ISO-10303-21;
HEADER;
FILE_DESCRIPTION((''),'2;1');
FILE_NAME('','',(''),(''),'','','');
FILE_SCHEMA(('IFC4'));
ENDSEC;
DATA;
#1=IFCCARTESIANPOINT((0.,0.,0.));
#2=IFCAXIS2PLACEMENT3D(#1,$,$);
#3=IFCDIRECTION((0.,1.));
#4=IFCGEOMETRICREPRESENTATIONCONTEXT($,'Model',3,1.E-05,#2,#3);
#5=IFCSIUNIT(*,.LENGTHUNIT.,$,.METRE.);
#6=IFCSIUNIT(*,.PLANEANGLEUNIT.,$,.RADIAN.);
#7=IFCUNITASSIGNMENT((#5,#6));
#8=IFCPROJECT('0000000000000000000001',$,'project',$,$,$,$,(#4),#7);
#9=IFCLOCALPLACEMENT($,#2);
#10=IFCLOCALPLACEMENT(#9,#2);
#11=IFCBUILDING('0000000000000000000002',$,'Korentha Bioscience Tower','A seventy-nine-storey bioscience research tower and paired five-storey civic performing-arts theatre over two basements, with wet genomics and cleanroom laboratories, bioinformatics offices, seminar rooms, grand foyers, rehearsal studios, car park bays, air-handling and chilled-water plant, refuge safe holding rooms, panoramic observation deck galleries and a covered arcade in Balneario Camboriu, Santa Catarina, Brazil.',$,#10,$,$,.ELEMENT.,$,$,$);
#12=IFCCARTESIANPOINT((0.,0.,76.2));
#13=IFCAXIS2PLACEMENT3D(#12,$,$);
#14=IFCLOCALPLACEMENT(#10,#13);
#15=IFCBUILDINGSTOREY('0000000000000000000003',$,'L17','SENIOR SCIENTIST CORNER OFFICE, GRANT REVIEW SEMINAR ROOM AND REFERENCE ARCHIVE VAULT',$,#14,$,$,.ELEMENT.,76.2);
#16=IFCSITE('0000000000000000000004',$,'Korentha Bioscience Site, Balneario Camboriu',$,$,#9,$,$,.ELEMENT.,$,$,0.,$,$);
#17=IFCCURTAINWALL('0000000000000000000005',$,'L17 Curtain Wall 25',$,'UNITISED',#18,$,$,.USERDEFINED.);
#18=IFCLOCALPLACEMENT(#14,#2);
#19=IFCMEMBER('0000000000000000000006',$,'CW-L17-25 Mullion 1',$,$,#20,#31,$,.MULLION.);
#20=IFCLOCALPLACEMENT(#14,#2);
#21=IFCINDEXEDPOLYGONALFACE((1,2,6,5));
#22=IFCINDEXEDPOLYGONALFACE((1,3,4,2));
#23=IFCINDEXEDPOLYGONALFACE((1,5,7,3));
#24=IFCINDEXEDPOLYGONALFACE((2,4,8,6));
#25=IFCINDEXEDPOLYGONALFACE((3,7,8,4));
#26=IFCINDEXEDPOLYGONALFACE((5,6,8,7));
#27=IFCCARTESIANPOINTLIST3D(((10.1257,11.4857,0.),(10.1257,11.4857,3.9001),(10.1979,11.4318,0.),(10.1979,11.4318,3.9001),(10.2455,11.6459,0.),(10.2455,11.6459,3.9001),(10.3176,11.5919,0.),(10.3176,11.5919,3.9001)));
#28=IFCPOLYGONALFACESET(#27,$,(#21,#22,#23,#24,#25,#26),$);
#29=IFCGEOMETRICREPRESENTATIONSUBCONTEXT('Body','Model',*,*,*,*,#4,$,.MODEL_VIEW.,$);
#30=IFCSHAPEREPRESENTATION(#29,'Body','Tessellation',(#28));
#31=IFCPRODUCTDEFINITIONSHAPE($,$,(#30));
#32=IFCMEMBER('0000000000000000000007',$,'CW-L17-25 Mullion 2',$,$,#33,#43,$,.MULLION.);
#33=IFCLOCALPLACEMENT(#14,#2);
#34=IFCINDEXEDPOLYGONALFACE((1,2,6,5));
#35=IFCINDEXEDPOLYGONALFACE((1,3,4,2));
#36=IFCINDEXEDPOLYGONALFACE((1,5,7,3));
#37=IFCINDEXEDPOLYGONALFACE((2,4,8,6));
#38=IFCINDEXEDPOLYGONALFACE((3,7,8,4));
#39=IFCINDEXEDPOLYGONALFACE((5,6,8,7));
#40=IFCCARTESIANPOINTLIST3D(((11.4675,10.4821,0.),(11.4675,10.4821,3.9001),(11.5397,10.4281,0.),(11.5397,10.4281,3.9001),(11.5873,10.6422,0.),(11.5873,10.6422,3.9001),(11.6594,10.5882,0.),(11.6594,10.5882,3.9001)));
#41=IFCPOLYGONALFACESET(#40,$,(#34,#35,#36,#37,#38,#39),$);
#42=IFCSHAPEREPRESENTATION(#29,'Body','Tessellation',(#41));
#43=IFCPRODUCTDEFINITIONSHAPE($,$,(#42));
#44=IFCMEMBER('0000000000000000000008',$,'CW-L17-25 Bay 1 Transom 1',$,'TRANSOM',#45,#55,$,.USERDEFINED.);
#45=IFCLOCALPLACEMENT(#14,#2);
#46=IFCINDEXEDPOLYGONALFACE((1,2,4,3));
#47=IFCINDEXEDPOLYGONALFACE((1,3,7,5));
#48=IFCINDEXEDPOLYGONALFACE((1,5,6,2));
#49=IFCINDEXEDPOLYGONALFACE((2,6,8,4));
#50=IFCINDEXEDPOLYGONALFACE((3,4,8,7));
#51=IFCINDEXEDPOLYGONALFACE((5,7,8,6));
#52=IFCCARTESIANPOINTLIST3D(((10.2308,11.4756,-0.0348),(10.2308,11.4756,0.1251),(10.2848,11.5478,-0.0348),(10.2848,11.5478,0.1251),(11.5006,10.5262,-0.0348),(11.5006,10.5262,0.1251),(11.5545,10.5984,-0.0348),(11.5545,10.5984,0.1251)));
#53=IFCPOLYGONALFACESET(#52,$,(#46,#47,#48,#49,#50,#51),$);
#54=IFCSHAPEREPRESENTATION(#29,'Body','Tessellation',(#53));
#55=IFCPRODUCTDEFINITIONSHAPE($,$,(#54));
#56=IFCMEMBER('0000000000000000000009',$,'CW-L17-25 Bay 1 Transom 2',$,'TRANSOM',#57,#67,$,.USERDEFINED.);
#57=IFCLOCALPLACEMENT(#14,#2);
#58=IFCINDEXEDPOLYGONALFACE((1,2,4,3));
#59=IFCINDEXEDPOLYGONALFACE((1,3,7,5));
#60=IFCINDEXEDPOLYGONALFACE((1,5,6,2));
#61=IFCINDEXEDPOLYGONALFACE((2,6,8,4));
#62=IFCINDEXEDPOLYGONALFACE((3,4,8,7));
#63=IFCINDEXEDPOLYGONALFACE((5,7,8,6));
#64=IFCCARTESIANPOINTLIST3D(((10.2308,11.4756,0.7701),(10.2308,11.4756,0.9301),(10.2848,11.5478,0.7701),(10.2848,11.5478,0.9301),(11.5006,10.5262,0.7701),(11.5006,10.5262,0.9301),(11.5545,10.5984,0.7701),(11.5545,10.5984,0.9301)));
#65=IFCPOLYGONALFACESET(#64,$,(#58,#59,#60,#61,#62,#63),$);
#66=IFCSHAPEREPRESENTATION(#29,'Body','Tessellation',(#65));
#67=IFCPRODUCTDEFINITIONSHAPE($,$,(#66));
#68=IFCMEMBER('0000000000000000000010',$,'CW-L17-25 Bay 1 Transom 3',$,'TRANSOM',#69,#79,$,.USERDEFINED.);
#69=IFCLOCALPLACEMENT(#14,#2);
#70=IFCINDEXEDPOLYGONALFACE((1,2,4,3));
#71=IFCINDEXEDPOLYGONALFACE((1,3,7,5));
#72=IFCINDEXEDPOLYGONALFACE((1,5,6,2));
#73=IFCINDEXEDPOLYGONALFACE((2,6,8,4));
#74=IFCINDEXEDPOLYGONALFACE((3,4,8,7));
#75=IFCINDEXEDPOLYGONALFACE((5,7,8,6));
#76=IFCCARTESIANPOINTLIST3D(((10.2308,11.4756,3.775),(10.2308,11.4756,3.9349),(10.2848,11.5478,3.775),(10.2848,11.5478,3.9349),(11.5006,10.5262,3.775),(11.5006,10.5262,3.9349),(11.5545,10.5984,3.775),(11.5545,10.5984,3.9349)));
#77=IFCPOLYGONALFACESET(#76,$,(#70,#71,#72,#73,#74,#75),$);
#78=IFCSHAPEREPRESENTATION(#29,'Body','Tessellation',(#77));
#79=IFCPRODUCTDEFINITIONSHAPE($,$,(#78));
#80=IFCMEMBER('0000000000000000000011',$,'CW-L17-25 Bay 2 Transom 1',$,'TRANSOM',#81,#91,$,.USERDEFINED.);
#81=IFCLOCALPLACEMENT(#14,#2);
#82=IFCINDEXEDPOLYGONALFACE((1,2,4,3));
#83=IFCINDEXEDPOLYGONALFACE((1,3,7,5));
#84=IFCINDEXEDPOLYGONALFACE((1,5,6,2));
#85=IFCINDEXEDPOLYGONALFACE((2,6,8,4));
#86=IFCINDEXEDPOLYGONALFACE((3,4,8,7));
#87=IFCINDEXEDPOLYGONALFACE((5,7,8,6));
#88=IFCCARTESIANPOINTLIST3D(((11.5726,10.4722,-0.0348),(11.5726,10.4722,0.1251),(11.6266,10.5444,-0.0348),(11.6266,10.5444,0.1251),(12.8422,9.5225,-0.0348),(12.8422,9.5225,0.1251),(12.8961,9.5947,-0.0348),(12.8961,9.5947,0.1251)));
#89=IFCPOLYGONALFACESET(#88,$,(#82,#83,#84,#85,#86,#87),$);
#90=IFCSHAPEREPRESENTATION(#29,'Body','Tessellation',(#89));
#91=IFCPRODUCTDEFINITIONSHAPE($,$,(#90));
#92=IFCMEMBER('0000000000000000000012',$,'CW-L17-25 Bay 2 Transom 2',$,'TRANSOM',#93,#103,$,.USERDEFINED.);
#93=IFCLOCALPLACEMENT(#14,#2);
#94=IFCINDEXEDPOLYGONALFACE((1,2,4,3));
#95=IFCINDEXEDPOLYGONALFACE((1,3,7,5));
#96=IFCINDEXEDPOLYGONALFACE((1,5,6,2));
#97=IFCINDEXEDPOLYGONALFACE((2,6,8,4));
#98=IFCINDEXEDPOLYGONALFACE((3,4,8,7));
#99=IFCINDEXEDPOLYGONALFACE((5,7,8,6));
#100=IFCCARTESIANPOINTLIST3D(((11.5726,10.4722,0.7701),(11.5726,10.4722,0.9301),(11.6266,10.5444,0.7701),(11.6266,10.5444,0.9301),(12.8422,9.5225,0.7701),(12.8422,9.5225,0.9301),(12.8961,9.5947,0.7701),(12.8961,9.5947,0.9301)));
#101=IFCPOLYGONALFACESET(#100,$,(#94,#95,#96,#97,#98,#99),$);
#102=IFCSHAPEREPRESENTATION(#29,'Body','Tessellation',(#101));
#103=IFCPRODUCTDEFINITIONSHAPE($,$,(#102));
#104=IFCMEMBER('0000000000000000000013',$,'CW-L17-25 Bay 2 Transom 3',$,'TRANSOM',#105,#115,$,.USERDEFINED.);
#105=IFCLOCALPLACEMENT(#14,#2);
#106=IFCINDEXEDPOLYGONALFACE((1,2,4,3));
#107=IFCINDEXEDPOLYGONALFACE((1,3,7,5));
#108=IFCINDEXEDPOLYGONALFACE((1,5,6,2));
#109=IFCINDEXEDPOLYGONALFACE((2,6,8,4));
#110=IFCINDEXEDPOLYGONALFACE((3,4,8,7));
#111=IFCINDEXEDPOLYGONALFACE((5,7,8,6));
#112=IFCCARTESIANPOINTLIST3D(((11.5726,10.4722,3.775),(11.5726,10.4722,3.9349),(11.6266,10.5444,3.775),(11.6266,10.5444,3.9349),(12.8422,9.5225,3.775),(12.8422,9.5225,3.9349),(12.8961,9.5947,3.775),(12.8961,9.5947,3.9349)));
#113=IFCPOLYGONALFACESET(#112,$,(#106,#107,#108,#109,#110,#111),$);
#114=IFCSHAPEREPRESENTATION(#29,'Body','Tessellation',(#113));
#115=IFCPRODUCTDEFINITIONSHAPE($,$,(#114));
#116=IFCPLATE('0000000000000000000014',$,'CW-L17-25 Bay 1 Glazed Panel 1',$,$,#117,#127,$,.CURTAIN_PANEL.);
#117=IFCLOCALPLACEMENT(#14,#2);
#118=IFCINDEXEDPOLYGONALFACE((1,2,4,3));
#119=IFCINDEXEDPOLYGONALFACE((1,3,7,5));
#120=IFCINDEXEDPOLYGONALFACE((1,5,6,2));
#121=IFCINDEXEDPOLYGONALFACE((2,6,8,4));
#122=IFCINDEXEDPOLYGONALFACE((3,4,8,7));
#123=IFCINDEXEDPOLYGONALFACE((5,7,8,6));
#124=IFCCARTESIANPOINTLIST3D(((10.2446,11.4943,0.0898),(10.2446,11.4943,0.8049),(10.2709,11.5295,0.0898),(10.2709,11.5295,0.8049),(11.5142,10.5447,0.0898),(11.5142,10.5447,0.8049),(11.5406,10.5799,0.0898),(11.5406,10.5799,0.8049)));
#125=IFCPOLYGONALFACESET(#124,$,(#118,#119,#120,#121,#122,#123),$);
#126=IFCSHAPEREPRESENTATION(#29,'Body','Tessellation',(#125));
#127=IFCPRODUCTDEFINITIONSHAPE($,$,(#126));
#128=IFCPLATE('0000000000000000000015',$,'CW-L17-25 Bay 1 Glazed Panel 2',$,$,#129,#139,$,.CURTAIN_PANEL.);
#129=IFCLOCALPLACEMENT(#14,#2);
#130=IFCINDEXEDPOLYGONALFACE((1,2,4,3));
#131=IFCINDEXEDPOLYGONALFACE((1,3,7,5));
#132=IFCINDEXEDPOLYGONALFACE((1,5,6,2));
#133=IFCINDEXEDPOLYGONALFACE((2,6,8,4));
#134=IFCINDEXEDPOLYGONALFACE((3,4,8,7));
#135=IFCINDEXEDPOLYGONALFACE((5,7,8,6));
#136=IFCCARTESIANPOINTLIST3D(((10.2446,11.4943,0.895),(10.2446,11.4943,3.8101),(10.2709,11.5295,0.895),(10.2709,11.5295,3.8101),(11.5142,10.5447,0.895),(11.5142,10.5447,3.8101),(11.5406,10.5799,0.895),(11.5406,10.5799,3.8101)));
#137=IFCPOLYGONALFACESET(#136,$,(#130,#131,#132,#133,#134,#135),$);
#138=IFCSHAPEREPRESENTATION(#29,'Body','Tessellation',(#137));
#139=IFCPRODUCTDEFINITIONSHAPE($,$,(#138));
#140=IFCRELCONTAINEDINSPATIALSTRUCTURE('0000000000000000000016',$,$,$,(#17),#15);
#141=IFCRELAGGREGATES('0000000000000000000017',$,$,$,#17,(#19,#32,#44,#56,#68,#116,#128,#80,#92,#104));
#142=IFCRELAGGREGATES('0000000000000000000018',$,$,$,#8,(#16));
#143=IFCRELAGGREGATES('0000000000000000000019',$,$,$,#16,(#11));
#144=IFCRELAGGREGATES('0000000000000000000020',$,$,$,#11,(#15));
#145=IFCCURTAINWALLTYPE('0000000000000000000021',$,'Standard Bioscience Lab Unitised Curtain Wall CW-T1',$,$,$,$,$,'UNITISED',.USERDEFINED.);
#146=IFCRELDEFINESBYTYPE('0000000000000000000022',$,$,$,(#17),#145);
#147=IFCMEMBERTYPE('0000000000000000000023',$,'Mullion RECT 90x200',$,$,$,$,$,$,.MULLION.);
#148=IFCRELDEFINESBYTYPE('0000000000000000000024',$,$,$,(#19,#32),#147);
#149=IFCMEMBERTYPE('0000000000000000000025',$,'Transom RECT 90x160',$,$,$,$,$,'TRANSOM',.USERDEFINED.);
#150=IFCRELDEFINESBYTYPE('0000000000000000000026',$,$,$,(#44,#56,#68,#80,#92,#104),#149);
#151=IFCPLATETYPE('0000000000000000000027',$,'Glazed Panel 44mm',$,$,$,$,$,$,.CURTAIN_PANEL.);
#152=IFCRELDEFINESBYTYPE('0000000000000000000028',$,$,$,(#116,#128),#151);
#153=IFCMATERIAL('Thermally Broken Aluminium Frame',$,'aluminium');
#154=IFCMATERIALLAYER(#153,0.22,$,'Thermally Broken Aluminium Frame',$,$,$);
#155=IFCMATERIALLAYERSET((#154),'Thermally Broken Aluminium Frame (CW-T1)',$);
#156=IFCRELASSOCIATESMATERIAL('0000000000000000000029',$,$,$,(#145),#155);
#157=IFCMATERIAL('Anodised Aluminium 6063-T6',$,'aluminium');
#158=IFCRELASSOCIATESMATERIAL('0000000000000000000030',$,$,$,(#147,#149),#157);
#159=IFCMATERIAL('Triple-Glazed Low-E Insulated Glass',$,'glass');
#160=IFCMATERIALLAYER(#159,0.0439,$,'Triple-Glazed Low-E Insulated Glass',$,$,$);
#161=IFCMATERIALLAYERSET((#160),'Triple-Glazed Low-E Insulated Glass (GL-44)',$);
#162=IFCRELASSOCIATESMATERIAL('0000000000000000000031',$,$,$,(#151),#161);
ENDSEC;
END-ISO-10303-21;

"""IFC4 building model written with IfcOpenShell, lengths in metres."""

from ifc_helpers import new_model, si_unit, direction, frame, origin, origin_2d, place, context, subcontext, project, spatial, rectangle, extrude, material, layer, layer_set, material_profile, profile_set, type_object, element, aggregate, save


model = new_model("IFC4")

# Units and contexts
model_context = context("Model", 3, precision=1e-05, world=origin(), true_north=direction((0.0, 1.0)))
body_context = subcontext(model_context, "Body", "Model", "MODEL_VIEW")
ifc_project = project(units=[si_unit("LENGTHUNIT", "METRE"), si_unit("PLANEANGLEUNIT", "RADIAN")], contexts=[model_context])

# Site, building, storey
site_placement = place(None, origin())
site = spatial("IfcSite", under=ifc_project, at=site_placement, Name="Korentha Bioscience Site, Balneario Camboriu", CompositionType="ELEMENT", RefElevation=0.0)
building_placement = place(site_placement, origin())
building = spatial("IfcBuilding", under=site, at=building_placement, Name="Korentha Bioscience Tower", Description="A seventy-nine-storey bioscience research tower and paired five-storey civic performing-arts theatre over two basements, with wet genomics and cleanroom laboratories, bioinformatics offices, seminar rooms, grand foyers, rehearsal studios, car park bays, air-handling and chilled-water plant, refuge safe holding rooms, panoramic observation deck galleries and a covered arcade in Balneario Camboriu, Santa Catarina, Brazil.", CompositionType="ELEMENT")
storey_placement = place(building_placement, frame((0.0, 0.0, 76.2)))
storey = spatial("IfcBuildingStorey", under=building, at=storey_placement, Name="L17", Description="SENIOR SCIENTIST CORNER OFFICE, GRANT REVIEW SEMINAR ROOM AND REFERENCE ARCHIVE VAULT", CompositionType="ELEMENT", Elevation=76.2)

# Curtain wall, members, plates
ifc_material_1 = material(Name="Thermally Broken Aluminium Frame", Category="aluminium")
ifc_layer_1 = layer(ifc_material_1, 0.22, Name="Thermally Broken Aluminium Frame")
ifc_layer_set_1 = layer_set([ifc_layer_1], Name="Thermally Broken Aluminium Frame (CW-T1)")
curtain_wall_type = type_object("IfcCurtainWallType", Name="Standard Bioscience Lab Unitised Curtain Wall CW-T1", ElementType="UNITISED", PredefinedType="USERDEFINED", material=ifc_layer_set_1)
curtain_wall_placement = place(storey_placement, origin())
curtain_wall = element("IfcCurtainWall", 1, at=curtain_wall_placement, inside=storey, type_object=curtain_wall_type, Name="L17 Curtain Wall 25", ObjectType="UNITISED", PredefinedType="USERDEFINED")
ifc_material_2 = material(Name="Anodised Aluminium 6063-T6", Category="aluminium")
ifc_material_profile_1 = material_profile(ifc_material_2, rectangle(XDim=0.0901, YDim=0.2, at=origin_2d()), Name="Anodised Aluminium 6063-T6")
ifc_profile_set_1 = profile_set([ifc_material_profile_1], Name="Anodised Aluminium 6063-T6 (CW-MUL)")
member_type_1 = type_object("IfcMemberType", Name="Mullion RECT 90x200", PredefinedType="MULLION", material=ifc_profile_set_1)
member_1_placement = place(storey_placement, frame((10.2217, 11.5388, 0.0), z_axis=(0.0, 0.0, 1.0), x_axis=(0.800798, -0.598935, 0.0)))
member_1 = element("IfcMember", 2, at=member_1_placement, type_object=member_type_1, Name="CW-L17-25 Mullion 1", PredefinedType="MULLION", context=body_context, shape_type="SweptSolid", body=[
    extrude(rectangle(XDim=0.0901, YDim=0.2, at=origin_2d()), origin(), (0.0, 0.0, 1.0), 3.9001),
])
member_2_placement = place(storey_placement, frame((11.5635, 10.5352, 0.0), z_axis=(0.0, 0.0, 1.0), x_axis=(0.800798, -0.598935, 0.0)))
member_2 = element("IfcMember", 3, at=member_2_placement, type_object=member_type_1, Name="CW-L17-25 Mullion 2", PredefinedType="MULLION", context=body_context, shape_type="SweptSolid", body=[
    extrude(rectangle(XDim=0.0901, YDim=0.2, at=origin_2d()), origin(), (0.0, 0.0, 1.0), 3.9001),
])
ifc_material_profile_2 = material_profile(ifc_material_2, rectangle(XDim=0.0901, YDim=0.1599, at=origin_2d()), Name="Anodised Aluminium 6063-T6")
ifc_profile_set_2 = profile_set([ifc_material_profile_2], Name="Anodised Aluminium 6063-T6 (CW-TRN)")
member_type_2 = type_object("IfcMemberType", Name="Transom RECT 90x160", ElementType="TRANSOM", PredefinedType="USERDEFINED", material=ifc_profile_set_2)
member_3_placement = place(storey_placement, frame((10.2578, 11.5117, 0.0452), z_axis=(0.800868, -0.598841, 0.0), x_axis=(0.598841, 0.800868, 0.0)))
member_3 = element("IfcMember", 4, at=member_3_placement, type_object=member_type_2, Name="CW-L17-25 Bay 1 Transom 1", ObjectType="TRANSOM", PredefinedType="USERDEFINED", context=body_context, shape_type="SweptSolid", body=[
    extrude(rectangle(XDim=0.0901, YDim=0.1599, at=origin_2d()), origin(), (0.0, 0.0, 1.0), 1.5854),
])
member_4_placement = place(storey_placement, frame((10.2578, 11.5117, 0.8501), z_axis=(0.800868, -0.598841, 0.0), x_axis=(0.598841, 0.800868, 0.0)))
member_4 = element("IfcMember", 5, at=member_4_placement, type_object=member_type_2, Name="CW-L17-25 Bay 1 Transom 2", ObjectType="TRANSOM", PredefinedType="USERDEFINED", context=body_context, shape_type="SweptSolid", body=[
    extrude(rectangle(XDim=0.0901, YDim=0.1599, at=origin_2d()), origin(), (0.0, 0.0, 1.0), 1.5854),
])
member_5_placement = place(storey_placement, frame((10.2578, 11.5117, 3.855), z_axis=(0.800868, -0.598841, 0.0), x_axis=(0.598841, 0.800868, 0.0)))
member_5 = element("IfcMember", 6, at=member_5_placement, type_object=member_type_2, Name="CW-L17-25 Bay 1 Transom 3", ObjectType="TRANSOM", PredefinedType="USERDEFINED", context=body_context, shape_type="SweptSolid", body=[
    extrude(rectangle(XDim=0.0901, YDim=0.1599, at=origin_2d()), origin(), (0.0, 0.0, 1.0), 1.5854),
])
member_6_placement = place(storey_placement, frame((11.5996, 10.5083, 0.0452), z_axis=(0.800739, -0.599014, 0.0), x_axis=(0.599014, 0.800739, 0.0)))
member_6 = element("IfcMember", 7, at=member_6_placement, type_object=member_type_2, Name="CW-L17-25 Bay 2 Transom 1", ObjectType="TRANSOM", PredefinedType="USERDEFINED", context=body_context, shape_type="SweptSolid", body=[
    extrude(rectangle(XDim=0.0901, YDim=0.1599, at=origin_2d()), origin(), (0.0, 0.0, 1.0), 1.5854),
])
member_7_placement = place(storey_placement, frame((11.5996, 10.5083, 0.8501), z_axis=(0.800739, -0.599014, 0.0), x_axis=(0.599014, 0.800739, 0.0)))
member_7 = element("IfcMember", 8, at=member_7_placement, type_object=member_type_2, Name="CW-L17-25 Bay 2 Transom 2", ObjectType="TRANSOM", PredefinedType="USERDEFINED", context=body_context, shape_type="SweptSolid", body=[
    extrude(rectangle(XDim=0.0901, YDim=0.1599, at=origin_2d()), origin(), (0.0, 0.0, 1.0), 1.5854),
])
member_8_placement = place(storey_placement, frame((11.5996, 10.5083, 3.855), z_axis=(0.800739, -0.599014, 0.0), x_axis=(0.599014, 0.800739, 0.0)))
member_8 = element("IfcMember", 9, at=member_8_placement, type_object=member_type_2, Name="CW-L17-25 Bay 2 Transom 3", ObjectType="TRANSOM", PredefinedType="USERDEFINED", context=body_context, shape_type="SweptSolid", body=[
    extrude(rectangle(XDim=0.0901, YDim=0.1599, at=origin_2d()), origin(), (0.0, 0.0, 1.0), 1.5854),
])
ifc_material_3 = material(Name="Triple-Glazed Low-E Insulated Glass", Category="glass")
ifc_layer_2 = layer(ifc_material_3, 0.0439, Name="Triple-Glazed Low-E Insulated Glass")
ifc_layer_set_2 = layer_set([ifc_layer_2], Name="Triple-Glazed Low-E Insulated Glass (GL-44)")
plate_type = type_object("IfcPlateType", Name="Glazed Panel 44mm", PredefinedType="CURTAIN_PANEL", material=ifc_layer_set_2)
plate_1_placement = place(storey_placement, frame((10.8926, 11.0371, 0.0898), z_axis=(0.0, 0.0, 1.0), x_axis=(0.800798, -0.598935, 0.0)))
plate_1 = element("IfcPlate", 10, at=plate_1_placement, type_object=plate_type, Name="CW-L17-25 Bay 1 Glazed Panel 1", PredefinedType="CURTAIN_PANEL", context=body_context, shape_type="SweptSolid", body=[
    extrude(rectangle(XDim=1.5854, YDim=0.0439, at=origin_2d()), origin(), (0.0, 0.0, 1.0), 0.7151),
])
plate_2_placement = place(storey_placement, frame((10.8926, 11.0371, 0.895), z_axis=(0.0, 0.0, 1.0), x_axis=(0.800798, -0.598935, 0.0)))
plate_2 = element("IfcPlate", 11, at=plate_2_placement, type_object=plate_type, Name="CW-L17-25 Bay 1 Glazed Panel 2", PredefinedType="CURTAIN_PANEL", context=body_context, shape_type="SweptSolid", body=[
    extrude(rectangle(XDim=1.5854, YDim=0.0439, at=origin_2d()), origin(), (0.0, 0.0, 1.0), 2.915),
])
aggregate(curtain_wall, [member_1, member_2, member_3, member_4, member_5, plate_1, plate_2, member_6, member_7, member_8])

save(model, "model.ifc")
